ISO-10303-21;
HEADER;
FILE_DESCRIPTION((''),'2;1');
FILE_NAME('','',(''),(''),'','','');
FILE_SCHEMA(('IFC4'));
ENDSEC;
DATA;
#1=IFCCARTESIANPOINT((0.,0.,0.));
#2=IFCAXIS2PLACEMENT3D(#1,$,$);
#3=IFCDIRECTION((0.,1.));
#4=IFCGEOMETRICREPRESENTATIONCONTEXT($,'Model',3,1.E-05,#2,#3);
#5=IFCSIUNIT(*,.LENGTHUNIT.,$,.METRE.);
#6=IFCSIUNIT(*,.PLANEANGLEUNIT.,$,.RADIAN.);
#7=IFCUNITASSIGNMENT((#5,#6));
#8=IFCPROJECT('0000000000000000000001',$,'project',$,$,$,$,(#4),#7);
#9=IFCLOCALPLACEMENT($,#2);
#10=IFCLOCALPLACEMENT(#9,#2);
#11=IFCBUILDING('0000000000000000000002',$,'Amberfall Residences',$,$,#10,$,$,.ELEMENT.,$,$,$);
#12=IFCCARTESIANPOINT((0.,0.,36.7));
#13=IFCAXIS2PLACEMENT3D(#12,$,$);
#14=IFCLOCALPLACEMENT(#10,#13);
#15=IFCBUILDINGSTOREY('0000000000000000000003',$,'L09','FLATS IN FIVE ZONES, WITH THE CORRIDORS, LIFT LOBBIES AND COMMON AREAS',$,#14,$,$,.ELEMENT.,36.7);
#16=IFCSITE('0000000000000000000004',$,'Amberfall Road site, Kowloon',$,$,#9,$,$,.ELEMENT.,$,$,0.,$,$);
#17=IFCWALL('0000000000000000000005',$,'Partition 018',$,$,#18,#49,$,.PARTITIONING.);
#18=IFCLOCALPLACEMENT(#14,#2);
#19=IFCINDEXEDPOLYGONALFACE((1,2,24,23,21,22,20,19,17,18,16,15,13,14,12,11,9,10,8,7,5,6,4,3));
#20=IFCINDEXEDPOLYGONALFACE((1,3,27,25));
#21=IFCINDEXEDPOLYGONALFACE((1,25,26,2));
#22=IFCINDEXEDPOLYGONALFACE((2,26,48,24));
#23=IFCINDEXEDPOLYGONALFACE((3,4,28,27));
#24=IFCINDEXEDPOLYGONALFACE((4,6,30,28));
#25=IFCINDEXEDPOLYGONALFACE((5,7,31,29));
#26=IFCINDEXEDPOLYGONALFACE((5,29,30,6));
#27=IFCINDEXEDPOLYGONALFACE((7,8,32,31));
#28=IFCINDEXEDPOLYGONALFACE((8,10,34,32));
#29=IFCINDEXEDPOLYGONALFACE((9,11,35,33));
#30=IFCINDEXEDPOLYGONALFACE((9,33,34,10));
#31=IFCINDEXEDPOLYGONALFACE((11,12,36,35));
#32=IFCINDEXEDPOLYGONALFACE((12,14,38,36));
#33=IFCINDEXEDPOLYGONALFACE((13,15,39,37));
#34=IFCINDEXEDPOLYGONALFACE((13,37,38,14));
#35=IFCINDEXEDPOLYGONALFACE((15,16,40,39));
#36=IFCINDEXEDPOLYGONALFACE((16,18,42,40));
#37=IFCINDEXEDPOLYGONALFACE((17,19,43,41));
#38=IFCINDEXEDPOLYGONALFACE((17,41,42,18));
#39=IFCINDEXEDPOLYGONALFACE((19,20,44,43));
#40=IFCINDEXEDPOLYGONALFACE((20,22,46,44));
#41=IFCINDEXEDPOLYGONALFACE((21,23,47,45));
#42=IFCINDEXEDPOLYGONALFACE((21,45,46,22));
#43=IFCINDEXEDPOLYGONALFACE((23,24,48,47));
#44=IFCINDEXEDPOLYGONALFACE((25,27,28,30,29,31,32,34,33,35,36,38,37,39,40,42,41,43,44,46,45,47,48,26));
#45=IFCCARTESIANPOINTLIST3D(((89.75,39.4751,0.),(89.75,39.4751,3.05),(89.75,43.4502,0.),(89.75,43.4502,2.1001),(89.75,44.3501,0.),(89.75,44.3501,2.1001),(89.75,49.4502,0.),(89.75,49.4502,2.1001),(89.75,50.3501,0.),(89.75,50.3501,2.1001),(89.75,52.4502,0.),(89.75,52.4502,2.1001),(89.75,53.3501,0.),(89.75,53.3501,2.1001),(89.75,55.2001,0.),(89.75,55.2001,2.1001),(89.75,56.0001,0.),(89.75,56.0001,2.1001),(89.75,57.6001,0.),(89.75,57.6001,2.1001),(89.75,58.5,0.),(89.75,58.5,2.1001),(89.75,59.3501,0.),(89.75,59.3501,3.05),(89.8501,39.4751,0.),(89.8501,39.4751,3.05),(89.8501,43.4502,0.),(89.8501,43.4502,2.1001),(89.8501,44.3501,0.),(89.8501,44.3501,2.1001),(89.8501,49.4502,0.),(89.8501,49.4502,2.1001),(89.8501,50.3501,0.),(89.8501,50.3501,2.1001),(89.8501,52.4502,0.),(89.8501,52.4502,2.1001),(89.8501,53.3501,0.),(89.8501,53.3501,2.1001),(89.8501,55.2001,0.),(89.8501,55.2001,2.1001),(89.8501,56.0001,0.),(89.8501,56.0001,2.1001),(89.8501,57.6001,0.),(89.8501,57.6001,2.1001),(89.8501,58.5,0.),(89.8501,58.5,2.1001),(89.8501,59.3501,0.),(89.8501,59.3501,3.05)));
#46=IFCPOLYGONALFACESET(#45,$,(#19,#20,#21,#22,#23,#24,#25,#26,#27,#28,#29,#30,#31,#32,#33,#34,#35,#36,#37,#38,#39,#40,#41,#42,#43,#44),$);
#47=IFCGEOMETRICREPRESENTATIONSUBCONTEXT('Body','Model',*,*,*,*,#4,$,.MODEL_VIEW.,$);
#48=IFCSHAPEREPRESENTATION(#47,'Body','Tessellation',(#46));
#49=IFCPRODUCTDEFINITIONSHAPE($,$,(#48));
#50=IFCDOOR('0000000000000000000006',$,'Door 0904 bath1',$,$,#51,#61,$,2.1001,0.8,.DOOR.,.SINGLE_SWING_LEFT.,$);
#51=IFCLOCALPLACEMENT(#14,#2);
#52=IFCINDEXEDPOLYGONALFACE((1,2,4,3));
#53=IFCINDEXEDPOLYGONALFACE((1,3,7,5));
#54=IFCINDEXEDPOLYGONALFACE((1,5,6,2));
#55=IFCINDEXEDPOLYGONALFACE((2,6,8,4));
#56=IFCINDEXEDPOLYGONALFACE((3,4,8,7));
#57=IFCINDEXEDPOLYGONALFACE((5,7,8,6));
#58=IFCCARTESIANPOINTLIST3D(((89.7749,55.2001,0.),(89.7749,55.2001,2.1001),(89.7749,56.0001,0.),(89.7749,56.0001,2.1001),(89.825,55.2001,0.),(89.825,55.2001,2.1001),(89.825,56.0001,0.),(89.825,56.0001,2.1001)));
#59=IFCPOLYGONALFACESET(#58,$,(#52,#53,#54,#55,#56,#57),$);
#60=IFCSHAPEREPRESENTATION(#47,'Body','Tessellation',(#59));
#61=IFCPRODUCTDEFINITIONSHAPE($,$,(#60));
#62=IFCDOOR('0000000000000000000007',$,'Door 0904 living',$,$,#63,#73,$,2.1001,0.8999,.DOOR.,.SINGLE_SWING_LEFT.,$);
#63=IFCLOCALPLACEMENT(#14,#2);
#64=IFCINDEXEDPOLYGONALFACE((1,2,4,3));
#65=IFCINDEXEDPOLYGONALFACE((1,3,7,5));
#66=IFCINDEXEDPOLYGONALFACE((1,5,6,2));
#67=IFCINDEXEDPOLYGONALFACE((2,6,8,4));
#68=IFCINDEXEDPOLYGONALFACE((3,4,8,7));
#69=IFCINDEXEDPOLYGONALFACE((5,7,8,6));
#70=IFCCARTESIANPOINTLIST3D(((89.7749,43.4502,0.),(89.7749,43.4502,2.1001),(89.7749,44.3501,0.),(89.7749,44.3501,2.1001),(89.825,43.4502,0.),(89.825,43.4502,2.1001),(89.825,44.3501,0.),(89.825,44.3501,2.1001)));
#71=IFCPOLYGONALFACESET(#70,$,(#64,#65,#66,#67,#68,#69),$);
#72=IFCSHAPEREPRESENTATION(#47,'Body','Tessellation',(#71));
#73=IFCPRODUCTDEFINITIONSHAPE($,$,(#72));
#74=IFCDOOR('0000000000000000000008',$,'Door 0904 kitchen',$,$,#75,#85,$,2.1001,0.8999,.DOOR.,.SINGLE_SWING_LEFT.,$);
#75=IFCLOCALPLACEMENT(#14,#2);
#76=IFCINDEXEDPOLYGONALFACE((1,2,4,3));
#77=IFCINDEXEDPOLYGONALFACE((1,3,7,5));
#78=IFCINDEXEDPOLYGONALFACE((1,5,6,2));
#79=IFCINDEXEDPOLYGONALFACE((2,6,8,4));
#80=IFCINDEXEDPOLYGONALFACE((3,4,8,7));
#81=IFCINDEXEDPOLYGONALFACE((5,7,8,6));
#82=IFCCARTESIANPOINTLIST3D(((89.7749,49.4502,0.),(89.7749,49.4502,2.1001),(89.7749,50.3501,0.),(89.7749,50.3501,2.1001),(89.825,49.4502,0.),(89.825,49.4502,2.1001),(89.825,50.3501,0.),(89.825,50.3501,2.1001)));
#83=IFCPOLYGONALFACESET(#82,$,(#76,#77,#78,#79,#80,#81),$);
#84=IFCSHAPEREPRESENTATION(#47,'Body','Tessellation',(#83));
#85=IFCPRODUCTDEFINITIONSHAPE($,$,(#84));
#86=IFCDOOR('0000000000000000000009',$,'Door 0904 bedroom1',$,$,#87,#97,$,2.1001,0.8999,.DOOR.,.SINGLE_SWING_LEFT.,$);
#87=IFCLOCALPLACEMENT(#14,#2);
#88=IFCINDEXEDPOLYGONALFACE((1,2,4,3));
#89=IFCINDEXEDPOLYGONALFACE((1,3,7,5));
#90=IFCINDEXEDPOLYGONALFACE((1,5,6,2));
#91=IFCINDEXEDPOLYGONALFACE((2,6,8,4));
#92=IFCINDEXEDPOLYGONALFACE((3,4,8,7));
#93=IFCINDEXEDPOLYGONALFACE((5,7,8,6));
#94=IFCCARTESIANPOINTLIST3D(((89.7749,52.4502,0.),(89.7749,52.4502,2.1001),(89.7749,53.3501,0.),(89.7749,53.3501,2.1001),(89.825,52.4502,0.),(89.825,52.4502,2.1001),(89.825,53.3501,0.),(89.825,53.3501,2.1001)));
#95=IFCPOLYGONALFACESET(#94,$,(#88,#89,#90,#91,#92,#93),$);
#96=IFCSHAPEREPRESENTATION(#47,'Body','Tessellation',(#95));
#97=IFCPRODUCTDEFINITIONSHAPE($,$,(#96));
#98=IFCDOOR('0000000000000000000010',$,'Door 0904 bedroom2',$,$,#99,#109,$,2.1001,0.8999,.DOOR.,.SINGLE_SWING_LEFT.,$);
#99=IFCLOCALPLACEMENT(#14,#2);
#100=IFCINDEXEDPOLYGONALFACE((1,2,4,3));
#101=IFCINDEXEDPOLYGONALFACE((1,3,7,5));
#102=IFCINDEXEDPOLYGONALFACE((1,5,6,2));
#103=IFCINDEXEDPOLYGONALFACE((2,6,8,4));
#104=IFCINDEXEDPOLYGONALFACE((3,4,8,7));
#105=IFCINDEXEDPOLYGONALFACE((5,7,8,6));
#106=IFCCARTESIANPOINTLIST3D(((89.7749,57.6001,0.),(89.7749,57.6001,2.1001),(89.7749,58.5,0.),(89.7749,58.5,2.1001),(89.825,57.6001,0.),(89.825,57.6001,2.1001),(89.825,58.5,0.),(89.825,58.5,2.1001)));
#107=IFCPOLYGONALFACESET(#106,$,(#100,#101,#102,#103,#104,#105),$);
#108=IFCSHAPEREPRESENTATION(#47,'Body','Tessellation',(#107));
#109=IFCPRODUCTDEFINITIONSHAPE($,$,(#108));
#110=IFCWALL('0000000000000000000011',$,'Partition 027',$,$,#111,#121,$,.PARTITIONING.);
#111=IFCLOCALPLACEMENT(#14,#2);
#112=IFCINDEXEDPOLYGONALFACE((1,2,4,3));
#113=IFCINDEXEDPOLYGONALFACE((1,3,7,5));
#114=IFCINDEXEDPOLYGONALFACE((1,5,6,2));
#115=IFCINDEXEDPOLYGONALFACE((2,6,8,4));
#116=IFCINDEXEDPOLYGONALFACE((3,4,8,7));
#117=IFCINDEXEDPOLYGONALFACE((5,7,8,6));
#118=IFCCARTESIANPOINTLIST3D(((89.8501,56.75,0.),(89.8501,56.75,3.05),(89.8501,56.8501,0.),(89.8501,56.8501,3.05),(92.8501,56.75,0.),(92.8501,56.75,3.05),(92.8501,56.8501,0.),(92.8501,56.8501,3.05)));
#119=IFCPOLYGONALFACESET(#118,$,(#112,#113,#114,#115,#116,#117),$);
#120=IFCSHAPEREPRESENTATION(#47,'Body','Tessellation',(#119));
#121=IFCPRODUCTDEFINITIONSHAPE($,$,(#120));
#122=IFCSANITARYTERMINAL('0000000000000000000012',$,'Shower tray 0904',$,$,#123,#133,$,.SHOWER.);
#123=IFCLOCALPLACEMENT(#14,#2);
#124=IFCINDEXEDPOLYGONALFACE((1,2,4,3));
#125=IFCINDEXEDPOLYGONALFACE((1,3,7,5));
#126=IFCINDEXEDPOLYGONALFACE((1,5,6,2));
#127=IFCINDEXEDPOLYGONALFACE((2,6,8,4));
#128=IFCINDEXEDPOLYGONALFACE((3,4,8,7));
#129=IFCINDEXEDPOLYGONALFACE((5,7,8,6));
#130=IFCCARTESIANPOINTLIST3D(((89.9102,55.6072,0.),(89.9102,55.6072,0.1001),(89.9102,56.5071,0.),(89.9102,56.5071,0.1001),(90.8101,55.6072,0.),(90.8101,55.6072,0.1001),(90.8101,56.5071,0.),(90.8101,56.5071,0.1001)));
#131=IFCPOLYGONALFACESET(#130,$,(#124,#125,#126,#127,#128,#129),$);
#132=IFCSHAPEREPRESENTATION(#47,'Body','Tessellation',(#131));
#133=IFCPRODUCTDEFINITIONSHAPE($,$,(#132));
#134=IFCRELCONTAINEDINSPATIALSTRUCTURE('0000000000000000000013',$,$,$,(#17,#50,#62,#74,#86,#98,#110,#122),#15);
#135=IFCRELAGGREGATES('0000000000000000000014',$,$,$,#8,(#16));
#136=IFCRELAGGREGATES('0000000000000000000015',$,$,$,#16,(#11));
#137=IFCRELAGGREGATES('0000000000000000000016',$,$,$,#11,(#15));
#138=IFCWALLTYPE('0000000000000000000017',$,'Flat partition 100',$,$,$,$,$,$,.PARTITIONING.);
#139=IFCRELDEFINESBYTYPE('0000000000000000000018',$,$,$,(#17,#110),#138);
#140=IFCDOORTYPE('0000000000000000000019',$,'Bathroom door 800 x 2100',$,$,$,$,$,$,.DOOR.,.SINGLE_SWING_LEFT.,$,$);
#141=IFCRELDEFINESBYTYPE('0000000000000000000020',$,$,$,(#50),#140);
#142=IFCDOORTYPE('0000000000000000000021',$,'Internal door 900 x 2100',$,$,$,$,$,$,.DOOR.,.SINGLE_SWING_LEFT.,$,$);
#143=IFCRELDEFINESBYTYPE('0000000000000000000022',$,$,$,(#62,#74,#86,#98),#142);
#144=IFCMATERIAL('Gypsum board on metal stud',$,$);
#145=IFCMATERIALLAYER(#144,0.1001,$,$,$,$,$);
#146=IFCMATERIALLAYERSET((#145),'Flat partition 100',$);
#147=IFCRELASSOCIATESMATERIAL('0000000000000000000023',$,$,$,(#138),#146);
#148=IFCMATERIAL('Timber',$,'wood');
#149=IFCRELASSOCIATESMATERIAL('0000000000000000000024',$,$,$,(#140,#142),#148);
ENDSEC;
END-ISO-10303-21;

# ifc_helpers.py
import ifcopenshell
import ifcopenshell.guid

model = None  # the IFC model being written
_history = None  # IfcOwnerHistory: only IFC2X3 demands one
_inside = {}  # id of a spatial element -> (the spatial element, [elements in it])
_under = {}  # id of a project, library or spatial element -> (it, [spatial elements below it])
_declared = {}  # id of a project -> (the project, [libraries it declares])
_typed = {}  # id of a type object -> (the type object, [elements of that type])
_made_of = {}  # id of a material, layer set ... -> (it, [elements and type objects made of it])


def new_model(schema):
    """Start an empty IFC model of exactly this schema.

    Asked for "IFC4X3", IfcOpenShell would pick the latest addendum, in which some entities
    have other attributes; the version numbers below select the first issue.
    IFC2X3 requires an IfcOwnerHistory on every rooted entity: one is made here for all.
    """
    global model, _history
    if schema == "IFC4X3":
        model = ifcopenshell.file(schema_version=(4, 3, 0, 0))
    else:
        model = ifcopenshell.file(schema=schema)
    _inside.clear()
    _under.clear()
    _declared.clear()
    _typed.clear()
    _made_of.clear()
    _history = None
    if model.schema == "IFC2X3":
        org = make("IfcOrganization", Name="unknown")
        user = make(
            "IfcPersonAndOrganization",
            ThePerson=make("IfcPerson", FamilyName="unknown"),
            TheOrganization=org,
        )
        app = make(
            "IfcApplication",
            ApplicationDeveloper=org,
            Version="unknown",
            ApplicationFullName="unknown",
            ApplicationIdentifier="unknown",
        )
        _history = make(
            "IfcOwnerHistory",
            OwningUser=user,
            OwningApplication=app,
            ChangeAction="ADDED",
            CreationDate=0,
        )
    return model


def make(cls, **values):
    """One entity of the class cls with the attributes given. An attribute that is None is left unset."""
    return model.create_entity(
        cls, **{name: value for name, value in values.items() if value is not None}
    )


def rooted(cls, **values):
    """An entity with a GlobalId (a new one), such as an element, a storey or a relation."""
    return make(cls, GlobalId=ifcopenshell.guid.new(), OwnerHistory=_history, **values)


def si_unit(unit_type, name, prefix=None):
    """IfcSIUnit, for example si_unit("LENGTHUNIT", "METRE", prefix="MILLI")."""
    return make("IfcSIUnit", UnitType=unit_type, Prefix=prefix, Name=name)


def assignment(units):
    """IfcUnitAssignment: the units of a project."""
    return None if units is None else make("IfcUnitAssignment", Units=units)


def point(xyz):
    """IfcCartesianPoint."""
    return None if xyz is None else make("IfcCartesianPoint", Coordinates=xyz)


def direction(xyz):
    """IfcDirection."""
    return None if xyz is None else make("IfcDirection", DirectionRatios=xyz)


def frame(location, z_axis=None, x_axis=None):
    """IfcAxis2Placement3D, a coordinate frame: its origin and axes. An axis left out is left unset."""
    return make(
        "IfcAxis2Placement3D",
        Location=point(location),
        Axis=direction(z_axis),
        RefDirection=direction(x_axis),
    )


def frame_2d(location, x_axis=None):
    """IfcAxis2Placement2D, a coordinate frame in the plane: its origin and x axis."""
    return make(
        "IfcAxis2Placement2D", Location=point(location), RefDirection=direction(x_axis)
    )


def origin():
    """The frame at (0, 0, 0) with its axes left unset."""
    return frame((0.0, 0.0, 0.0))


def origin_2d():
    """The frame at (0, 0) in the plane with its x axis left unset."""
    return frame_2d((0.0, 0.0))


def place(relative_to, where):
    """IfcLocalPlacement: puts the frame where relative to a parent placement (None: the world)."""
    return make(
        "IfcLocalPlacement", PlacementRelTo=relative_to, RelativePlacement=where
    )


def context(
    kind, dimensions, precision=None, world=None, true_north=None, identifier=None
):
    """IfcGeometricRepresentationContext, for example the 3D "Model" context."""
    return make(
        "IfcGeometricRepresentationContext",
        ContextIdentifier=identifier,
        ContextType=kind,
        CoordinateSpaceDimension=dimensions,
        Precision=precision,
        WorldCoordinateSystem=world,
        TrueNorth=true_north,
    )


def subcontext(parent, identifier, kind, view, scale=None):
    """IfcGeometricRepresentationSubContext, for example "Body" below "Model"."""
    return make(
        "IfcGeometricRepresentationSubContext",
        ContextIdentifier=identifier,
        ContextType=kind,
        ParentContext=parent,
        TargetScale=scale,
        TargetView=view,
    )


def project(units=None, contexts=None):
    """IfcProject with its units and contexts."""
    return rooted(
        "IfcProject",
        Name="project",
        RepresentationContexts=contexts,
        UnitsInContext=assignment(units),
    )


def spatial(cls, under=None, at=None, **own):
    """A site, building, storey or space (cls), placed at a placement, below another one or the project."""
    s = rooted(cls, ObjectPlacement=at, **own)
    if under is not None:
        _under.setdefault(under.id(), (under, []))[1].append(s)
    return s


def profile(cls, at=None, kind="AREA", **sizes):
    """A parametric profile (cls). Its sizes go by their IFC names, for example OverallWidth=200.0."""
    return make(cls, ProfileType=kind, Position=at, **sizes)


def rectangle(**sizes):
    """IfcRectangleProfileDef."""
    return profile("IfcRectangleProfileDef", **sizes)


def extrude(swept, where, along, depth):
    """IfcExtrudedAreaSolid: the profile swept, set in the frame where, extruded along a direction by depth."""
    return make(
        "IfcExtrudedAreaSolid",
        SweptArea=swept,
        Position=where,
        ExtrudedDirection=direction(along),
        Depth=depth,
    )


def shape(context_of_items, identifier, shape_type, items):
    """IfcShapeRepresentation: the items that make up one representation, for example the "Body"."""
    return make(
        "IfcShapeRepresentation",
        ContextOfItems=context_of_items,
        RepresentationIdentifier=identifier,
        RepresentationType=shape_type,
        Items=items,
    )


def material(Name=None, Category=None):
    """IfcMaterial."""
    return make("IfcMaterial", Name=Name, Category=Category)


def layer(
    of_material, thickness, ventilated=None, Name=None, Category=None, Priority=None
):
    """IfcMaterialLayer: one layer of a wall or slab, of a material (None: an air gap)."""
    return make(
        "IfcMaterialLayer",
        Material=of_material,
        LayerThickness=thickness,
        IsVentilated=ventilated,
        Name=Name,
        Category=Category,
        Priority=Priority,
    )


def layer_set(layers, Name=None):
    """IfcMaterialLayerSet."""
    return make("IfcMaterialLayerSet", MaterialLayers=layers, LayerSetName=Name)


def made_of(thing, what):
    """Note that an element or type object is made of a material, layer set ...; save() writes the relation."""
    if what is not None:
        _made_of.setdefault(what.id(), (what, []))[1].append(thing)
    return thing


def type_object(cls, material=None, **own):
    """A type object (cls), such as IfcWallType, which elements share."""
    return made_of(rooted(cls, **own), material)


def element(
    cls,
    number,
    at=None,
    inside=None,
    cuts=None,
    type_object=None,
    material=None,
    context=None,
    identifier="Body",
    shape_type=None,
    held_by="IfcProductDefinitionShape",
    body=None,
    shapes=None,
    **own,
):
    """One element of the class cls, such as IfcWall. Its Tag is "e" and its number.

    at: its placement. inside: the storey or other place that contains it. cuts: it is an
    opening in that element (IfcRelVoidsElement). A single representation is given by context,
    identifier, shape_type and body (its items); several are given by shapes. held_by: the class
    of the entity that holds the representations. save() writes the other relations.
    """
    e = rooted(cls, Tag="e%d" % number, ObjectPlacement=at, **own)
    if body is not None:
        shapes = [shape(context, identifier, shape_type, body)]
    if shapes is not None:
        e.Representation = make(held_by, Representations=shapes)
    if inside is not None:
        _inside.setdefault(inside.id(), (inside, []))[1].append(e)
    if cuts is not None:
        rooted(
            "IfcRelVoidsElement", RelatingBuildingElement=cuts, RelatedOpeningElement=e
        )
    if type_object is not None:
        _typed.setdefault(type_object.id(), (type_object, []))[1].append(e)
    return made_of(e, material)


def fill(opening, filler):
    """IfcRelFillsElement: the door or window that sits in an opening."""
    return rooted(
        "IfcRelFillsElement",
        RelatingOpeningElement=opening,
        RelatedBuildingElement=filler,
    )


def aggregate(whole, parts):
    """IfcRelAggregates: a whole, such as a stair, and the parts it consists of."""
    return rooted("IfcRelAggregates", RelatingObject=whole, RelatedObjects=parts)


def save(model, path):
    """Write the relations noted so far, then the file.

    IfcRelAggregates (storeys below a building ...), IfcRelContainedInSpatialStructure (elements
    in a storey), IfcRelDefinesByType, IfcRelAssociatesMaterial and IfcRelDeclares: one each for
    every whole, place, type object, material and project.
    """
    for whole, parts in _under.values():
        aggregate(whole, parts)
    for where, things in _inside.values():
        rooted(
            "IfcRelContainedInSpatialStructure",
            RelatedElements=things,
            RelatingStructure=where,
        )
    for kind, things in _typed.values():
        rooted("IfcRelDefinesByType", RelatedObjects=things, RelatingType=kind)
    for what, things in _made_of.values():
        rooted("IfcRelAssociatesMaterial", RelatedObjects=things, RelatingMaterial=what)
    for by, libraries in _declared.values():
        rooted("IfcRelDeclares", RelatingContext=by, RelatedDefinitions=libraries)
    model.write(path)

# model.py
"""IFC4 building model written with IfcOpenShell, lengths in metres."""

from ifc_helpers import new_model, si_unit, direction, frame, frame_2d, origin, origin_2d, place, context, subcontext, project, spatial, rectangle, extrude, material, layer, layer_set, type_object, element, fill, save


model = new_model("IFC4")

# Units and contexts
model_context = context("Model", 3, precision=1e-05, world=origin(), true_north=direction((0.0, 1.0)))
body_context = subcontext(model_context, "Body", "Model", "MODEL_VIEW")
ifc_project = project(units=[si_unit("LENGTHUNIT", "METRE"), si_unit("PLANEANGLEUNIT", "RADIAN")], contexts=[model_context])

# Site, building, storey
site_placement = place(None, origin())
site = spatial("IfcSite", under=ifc_project, at=site_placement, Name="Amberfall Road site, Kowloon", CompositionType="ELEMENT", RefElevation=0.0)
building_placement = place(site_placement, origin())
building = spatial("IfcBuilding", under=site, at=building_placement, Name="Amberfall Residences", CompositionType="ELEMENT")
storey_placement = place(building_placement, frame((0.0, 0.0, 36.7)))
storey = spatial("IfcBuildingStorey", under=building, at=storey_placement, Name="L09", Description="FLATS IN FIVE ZONES, WITH THE CORRIDORS, LIFT LOBBIES AND COMMON AREAS", CompositionType="ELEMENT", Elevation=36.7)

# Wall, openings, doors
ifc_material_1 = material(Name="Gypsum board on metal stud")
ifc_layer_1 = layer(ifc_material_1, 0.1001)
ifc_layer_set_1 = layer_set([ifc_layer_1], Name="Flat partition 100")
wall_type_1 = type_object("IfcWallType", Name="Flat partition 100", PredefinedType="PARTITIONING", material=ifc_layer_set_1)
wall_1_placement = place(storey_placement, frame((89.8, 59.3501, 0.0), z_axis=(0.0, 0.0, 1.0), x_axis=(0.0, -1.0, 0.0)))
wall_1 = element("IfcWall", 1, at=wall_1_placement, inside=storey, type_object=wall_type_1, Name="Partition 018", PredefinedType="PARTITIONING", context=body_context, shape_type="SweptSolid", body=[
    extrude(rectangle(XDim=19.875, YDim=0.1001, at=frame_2d((9.9375, 0.0))), origin(), (0.0, 0.0, 1.0), 3.05),
])
opening_1_placement = place(wall_1_placement, frame((15.0, 0.0, 0.0)))
opening_1 = element("IfcOpeningElement", 2, at=opening_1_placement, cuts=wall_1, PredefinedType="OPENING", context=body_context, shape_type="SweptSolid", body=[
    extrude(rectangle(XDim=0.8999, YDim=2.1001, at=frame_2d((0.45, 1.05))), frame((0.0, 0.0601, 0.0), z_axis=(0.0, -1.0, 0.0), x_axis=(1.0, 0.0, 0.0)), (0.0, 0.0, 1.0), 0.1201),
])
opening_2_placement = place(wall_1_placement, frame((9.0, 0.0, 0.0)))
opening_2 = element("IfcOpeningElement", 3, at=opening_2_placement, cuts=wall_1, PredefinedType="OPENING", context=body_context, shape_type="SweptSolid", body=[
    extrude(rectangle(XDim=0.8999, YDim=2.1001, at=frame_2d((0.45, 1.05))), frame((0.0, 0.0601, 0.0), z_axis=(0.0, -1.0, 0.0), x_axis=(1.0, 0.0, 0.0)), (0.0, 0.0, 1.0), 0.1201),
])
opening_3_placement = place(wall_1_placement, frame((6.0, 0.0, 0.0)))
opening_3 = element("IfcOpeningElement", 4, at=opening_3_placement, cuts=wall_1, PredefinedType="OPENING", context=body_context, shape_type="SweptSolid", body=[
    extrude(rectangle(XDim=0.8999, YDim=2.1001, at=frame_2d((0.45, 1.05))), frame((0.0, 0.0601, 0.0), z_axis=(0.0, -1.0, 0.0), x_axis=(1.0, 0.0, 0.0)), (0.0, 0.0, 1.0), 0.1201),
])
opening_4_placement = place(wall_1_placement, frame((0.8501, 0.0, 0.0)))
opening_4 = element("IfcOpeningElement", 5, at=opening_4_placement, cuts=wall_1, PredefinedType="OPENING", context=body_context, shape_type="SweptSolid", body=[
    extrude(rectangle(XDim=0.8999, YDim=2.1001, at=frame_2d((0.45, 1.05))), frame((0.0, 0.0601, 0.0), z_axis=(0.0, -1.0, 0.0), x_axis=(1.0, 0.0, 0.0)), (0.0, 0.0, 1.0), 0.1201),
])
opening_5_placement = place(wall_1_placement, frame((3.3501, 0.0, 0.0)))
opening_5 = element("IfcOpeningElement", 6, at=opening_5_placement, cuts=wall_1, PredefinedType="OPENING", context=body_context, shape_type="SweptSolid", body=[
    extrude(rectangle(XDim=0.8, YDim=2.1001, at=frame_2d((0.3999, 1.05))), frame((0.0, 0.0601, 0.0), z_axis=(0.0, -1.0, 0.0), x_axis=(1.0, 0.0, 0.0)), (0.0, 0.0, 1.0), 0.1201),
])
ifc_material_2 = material(Name="Timber", Category="wood")
door_type_1 = type_object("IfcDoorType", Name="Bathroom door 800 x 2100", OperationType="SINGLE_SWING_LEFT", PredefinedType="DOOR", material=ifc_material_2)
door_1_placement = place(opening_5_placement, origin())
door_1 = element("IfcDoor", 7, at=door_1_placement, inside=storey, type_object=door_type_1, Name="Door 0904 bath1", OperationType="SINGLE_SWING_LEFT", OverallHeight=2.1001, OverallWidth=0.8, PredefinedType="DOOR", context=body_context, shape_type="SweptSolid", body=[
    extrude(rectangle(XDim=0.8, YDim=2.1001, at=frame_2d((0.3999, 1.05))), frame((0.0, 0.0249, 0.0), z_axis=(0.0, -1.0, 0.0), x_axis=(1.0, 0.0, 0.0)), (0.0, 0.0, 1.0), 0.05),
])
fill(opening_5, door_1)
door_type_2 = type_object("IfcDoorType", Name="Internal door 900 x 2100", OperationType="SINGLE_SWING_LEFT", PredefinedType="DOOR", material=ifc_material_2)
door_2_placement = place(opening_1_placement, origin())
door_2 = element("IfcDoor", 8, at=door_2_placement, inside=storey, type_object=door_type_2, Name="Door 0904 living", OperationType="SINGLE_SWING_LEFT", OverallHeight=2.1001, OverallWidth=0.8999, PredefinedType="DOOR", context=body_context, shape_type="SweptSolid", body=[
    extrude(rectangle(XDim=0.8999, YDim=2.1001, at=frame_2d((0.45, 1.05))), frame((0.0, 0.0249, 0.0), z_axis=(0.0, -1.0, 0.0), x_axis=(1.0, 0.0, 0.0)), (0.0, 0.0, 1.0), 0.05),
])
fill(opening_1, door_2)
door_3_placement = place(opening_2_placement, origin())
door_3 = element("IfcDoor", 9, at=door_3_placement, inside=storey, type_object=door_type_2, Name="Door 0904 kitchen", OperationType="SINGLE_SWING_LEFT", OverallHeight=2.1001, OverallWidth=0.8999, PredefinedType="DOOR", context=body_context, shape_type="SweptSolid", body=[
    extrude(rectangle(XDim=0.8999, YDim=2.1001, at=frame_2d((0.45, 1.05))), frame((0.0, 0.0249, 0.0), z_axis=(0.0, -1.0, 0.0), x_axis=(1.0, 0.0, 0.0)), (0.0, 0.0, 1.0), 0.05),
])
fill(opening_2, door_3)
door_4_placement = place(opening_3_placement, origin())
door_4 = element("IfcDoor", 10, at=door_4_placement, inside=storey, type_object=door_type_2, Name="Door 0904 bedroom1", OperationType="SINGLE_SWING_LEFT", OverallHeight=2.1001, OverallWidth=0.8999, PredefinedType="DOOR", context=body_context, shape_type="SweptSolid", body=[
    extrude(rectangle(XDim=0.8999, YDim=2.1001, at=frame_2d((0.45, 1.05))), frame((0.0, 0.0249, 0.0), z_axis=(0.0, -1.0, 0.0), x_axis=(1.0, 0.0, 0.0)), (0.0, 0.0, 1.0), 0.05),
])
fill(opening_3, door_4)
door_5_placement = place(opening_4_placement, origin())
door_5 = element("IfcDoor", 11, at=door_5_placement, inside=storey, type_object=door_type_2, Name="Door 0904 bedroom2", OperationType="SINGLE_SWING_LEFT", OverallHeight=2.1001, OverallWidth=0.8999, PredefinedType="DOOR", context=body_context, shape_type="SweptSolid", body=[
    extrude(rectangle(XDim=0.8999, YDim=2.1001, at=frame_2d((0.45, 1.05))), frame((0.0, 0.0249, 0.0), z_axis=(0.0, -1.0, 0.0), x_axis=(1.0, 0.0, 0.0)), (0.0, 0.0, 1.0), 0.05),
])
fill(opening_4, door_5)

# Wall
wall_2_placement = place(storey_placement, frame((89.8501, 56.8, 0.0), z_axis=(0.0, 0.0, 1.0), x_axis=(1.0, 0.0, 0.0)))
element("IfcWall", 12, at=wall_2_placement, inside=storey, type_object=wall_type_1, Name="Partition 027", PredefinedType="PARTITIONING", context=body_context, shape_type="SweptSolid", body=[
    extrude(rectangle(XDim=3.0, YDim=0.1001, at=frame_2d((1.5, 0.0))), origin(), (0.0, 0.0, 1.0), 3.05),
])

# Sanitary terminal
sanitary_terminal_placement = place(storey_placement, frame((90.3601, 56.0571, 0.0), z_axis=(0.0, 0.0, 1.0), x_axis=(1.0, 0.0, 0.0)))
element("IfcSanitaryTerminal", 13, at=sanitary_terminal_placement, inside=storey, Name="Shower tray 0904", PredefinedType="SHOWER", context=body_context, shape_type="SweptSolid", body=[
    extrude(rectangle(XDim=0.8999, YDim=0.8999, at=origin_2d()), origin(), (0.0, 0.0, 1.0), 0.1001),
])

save(model, "model.ifc")
